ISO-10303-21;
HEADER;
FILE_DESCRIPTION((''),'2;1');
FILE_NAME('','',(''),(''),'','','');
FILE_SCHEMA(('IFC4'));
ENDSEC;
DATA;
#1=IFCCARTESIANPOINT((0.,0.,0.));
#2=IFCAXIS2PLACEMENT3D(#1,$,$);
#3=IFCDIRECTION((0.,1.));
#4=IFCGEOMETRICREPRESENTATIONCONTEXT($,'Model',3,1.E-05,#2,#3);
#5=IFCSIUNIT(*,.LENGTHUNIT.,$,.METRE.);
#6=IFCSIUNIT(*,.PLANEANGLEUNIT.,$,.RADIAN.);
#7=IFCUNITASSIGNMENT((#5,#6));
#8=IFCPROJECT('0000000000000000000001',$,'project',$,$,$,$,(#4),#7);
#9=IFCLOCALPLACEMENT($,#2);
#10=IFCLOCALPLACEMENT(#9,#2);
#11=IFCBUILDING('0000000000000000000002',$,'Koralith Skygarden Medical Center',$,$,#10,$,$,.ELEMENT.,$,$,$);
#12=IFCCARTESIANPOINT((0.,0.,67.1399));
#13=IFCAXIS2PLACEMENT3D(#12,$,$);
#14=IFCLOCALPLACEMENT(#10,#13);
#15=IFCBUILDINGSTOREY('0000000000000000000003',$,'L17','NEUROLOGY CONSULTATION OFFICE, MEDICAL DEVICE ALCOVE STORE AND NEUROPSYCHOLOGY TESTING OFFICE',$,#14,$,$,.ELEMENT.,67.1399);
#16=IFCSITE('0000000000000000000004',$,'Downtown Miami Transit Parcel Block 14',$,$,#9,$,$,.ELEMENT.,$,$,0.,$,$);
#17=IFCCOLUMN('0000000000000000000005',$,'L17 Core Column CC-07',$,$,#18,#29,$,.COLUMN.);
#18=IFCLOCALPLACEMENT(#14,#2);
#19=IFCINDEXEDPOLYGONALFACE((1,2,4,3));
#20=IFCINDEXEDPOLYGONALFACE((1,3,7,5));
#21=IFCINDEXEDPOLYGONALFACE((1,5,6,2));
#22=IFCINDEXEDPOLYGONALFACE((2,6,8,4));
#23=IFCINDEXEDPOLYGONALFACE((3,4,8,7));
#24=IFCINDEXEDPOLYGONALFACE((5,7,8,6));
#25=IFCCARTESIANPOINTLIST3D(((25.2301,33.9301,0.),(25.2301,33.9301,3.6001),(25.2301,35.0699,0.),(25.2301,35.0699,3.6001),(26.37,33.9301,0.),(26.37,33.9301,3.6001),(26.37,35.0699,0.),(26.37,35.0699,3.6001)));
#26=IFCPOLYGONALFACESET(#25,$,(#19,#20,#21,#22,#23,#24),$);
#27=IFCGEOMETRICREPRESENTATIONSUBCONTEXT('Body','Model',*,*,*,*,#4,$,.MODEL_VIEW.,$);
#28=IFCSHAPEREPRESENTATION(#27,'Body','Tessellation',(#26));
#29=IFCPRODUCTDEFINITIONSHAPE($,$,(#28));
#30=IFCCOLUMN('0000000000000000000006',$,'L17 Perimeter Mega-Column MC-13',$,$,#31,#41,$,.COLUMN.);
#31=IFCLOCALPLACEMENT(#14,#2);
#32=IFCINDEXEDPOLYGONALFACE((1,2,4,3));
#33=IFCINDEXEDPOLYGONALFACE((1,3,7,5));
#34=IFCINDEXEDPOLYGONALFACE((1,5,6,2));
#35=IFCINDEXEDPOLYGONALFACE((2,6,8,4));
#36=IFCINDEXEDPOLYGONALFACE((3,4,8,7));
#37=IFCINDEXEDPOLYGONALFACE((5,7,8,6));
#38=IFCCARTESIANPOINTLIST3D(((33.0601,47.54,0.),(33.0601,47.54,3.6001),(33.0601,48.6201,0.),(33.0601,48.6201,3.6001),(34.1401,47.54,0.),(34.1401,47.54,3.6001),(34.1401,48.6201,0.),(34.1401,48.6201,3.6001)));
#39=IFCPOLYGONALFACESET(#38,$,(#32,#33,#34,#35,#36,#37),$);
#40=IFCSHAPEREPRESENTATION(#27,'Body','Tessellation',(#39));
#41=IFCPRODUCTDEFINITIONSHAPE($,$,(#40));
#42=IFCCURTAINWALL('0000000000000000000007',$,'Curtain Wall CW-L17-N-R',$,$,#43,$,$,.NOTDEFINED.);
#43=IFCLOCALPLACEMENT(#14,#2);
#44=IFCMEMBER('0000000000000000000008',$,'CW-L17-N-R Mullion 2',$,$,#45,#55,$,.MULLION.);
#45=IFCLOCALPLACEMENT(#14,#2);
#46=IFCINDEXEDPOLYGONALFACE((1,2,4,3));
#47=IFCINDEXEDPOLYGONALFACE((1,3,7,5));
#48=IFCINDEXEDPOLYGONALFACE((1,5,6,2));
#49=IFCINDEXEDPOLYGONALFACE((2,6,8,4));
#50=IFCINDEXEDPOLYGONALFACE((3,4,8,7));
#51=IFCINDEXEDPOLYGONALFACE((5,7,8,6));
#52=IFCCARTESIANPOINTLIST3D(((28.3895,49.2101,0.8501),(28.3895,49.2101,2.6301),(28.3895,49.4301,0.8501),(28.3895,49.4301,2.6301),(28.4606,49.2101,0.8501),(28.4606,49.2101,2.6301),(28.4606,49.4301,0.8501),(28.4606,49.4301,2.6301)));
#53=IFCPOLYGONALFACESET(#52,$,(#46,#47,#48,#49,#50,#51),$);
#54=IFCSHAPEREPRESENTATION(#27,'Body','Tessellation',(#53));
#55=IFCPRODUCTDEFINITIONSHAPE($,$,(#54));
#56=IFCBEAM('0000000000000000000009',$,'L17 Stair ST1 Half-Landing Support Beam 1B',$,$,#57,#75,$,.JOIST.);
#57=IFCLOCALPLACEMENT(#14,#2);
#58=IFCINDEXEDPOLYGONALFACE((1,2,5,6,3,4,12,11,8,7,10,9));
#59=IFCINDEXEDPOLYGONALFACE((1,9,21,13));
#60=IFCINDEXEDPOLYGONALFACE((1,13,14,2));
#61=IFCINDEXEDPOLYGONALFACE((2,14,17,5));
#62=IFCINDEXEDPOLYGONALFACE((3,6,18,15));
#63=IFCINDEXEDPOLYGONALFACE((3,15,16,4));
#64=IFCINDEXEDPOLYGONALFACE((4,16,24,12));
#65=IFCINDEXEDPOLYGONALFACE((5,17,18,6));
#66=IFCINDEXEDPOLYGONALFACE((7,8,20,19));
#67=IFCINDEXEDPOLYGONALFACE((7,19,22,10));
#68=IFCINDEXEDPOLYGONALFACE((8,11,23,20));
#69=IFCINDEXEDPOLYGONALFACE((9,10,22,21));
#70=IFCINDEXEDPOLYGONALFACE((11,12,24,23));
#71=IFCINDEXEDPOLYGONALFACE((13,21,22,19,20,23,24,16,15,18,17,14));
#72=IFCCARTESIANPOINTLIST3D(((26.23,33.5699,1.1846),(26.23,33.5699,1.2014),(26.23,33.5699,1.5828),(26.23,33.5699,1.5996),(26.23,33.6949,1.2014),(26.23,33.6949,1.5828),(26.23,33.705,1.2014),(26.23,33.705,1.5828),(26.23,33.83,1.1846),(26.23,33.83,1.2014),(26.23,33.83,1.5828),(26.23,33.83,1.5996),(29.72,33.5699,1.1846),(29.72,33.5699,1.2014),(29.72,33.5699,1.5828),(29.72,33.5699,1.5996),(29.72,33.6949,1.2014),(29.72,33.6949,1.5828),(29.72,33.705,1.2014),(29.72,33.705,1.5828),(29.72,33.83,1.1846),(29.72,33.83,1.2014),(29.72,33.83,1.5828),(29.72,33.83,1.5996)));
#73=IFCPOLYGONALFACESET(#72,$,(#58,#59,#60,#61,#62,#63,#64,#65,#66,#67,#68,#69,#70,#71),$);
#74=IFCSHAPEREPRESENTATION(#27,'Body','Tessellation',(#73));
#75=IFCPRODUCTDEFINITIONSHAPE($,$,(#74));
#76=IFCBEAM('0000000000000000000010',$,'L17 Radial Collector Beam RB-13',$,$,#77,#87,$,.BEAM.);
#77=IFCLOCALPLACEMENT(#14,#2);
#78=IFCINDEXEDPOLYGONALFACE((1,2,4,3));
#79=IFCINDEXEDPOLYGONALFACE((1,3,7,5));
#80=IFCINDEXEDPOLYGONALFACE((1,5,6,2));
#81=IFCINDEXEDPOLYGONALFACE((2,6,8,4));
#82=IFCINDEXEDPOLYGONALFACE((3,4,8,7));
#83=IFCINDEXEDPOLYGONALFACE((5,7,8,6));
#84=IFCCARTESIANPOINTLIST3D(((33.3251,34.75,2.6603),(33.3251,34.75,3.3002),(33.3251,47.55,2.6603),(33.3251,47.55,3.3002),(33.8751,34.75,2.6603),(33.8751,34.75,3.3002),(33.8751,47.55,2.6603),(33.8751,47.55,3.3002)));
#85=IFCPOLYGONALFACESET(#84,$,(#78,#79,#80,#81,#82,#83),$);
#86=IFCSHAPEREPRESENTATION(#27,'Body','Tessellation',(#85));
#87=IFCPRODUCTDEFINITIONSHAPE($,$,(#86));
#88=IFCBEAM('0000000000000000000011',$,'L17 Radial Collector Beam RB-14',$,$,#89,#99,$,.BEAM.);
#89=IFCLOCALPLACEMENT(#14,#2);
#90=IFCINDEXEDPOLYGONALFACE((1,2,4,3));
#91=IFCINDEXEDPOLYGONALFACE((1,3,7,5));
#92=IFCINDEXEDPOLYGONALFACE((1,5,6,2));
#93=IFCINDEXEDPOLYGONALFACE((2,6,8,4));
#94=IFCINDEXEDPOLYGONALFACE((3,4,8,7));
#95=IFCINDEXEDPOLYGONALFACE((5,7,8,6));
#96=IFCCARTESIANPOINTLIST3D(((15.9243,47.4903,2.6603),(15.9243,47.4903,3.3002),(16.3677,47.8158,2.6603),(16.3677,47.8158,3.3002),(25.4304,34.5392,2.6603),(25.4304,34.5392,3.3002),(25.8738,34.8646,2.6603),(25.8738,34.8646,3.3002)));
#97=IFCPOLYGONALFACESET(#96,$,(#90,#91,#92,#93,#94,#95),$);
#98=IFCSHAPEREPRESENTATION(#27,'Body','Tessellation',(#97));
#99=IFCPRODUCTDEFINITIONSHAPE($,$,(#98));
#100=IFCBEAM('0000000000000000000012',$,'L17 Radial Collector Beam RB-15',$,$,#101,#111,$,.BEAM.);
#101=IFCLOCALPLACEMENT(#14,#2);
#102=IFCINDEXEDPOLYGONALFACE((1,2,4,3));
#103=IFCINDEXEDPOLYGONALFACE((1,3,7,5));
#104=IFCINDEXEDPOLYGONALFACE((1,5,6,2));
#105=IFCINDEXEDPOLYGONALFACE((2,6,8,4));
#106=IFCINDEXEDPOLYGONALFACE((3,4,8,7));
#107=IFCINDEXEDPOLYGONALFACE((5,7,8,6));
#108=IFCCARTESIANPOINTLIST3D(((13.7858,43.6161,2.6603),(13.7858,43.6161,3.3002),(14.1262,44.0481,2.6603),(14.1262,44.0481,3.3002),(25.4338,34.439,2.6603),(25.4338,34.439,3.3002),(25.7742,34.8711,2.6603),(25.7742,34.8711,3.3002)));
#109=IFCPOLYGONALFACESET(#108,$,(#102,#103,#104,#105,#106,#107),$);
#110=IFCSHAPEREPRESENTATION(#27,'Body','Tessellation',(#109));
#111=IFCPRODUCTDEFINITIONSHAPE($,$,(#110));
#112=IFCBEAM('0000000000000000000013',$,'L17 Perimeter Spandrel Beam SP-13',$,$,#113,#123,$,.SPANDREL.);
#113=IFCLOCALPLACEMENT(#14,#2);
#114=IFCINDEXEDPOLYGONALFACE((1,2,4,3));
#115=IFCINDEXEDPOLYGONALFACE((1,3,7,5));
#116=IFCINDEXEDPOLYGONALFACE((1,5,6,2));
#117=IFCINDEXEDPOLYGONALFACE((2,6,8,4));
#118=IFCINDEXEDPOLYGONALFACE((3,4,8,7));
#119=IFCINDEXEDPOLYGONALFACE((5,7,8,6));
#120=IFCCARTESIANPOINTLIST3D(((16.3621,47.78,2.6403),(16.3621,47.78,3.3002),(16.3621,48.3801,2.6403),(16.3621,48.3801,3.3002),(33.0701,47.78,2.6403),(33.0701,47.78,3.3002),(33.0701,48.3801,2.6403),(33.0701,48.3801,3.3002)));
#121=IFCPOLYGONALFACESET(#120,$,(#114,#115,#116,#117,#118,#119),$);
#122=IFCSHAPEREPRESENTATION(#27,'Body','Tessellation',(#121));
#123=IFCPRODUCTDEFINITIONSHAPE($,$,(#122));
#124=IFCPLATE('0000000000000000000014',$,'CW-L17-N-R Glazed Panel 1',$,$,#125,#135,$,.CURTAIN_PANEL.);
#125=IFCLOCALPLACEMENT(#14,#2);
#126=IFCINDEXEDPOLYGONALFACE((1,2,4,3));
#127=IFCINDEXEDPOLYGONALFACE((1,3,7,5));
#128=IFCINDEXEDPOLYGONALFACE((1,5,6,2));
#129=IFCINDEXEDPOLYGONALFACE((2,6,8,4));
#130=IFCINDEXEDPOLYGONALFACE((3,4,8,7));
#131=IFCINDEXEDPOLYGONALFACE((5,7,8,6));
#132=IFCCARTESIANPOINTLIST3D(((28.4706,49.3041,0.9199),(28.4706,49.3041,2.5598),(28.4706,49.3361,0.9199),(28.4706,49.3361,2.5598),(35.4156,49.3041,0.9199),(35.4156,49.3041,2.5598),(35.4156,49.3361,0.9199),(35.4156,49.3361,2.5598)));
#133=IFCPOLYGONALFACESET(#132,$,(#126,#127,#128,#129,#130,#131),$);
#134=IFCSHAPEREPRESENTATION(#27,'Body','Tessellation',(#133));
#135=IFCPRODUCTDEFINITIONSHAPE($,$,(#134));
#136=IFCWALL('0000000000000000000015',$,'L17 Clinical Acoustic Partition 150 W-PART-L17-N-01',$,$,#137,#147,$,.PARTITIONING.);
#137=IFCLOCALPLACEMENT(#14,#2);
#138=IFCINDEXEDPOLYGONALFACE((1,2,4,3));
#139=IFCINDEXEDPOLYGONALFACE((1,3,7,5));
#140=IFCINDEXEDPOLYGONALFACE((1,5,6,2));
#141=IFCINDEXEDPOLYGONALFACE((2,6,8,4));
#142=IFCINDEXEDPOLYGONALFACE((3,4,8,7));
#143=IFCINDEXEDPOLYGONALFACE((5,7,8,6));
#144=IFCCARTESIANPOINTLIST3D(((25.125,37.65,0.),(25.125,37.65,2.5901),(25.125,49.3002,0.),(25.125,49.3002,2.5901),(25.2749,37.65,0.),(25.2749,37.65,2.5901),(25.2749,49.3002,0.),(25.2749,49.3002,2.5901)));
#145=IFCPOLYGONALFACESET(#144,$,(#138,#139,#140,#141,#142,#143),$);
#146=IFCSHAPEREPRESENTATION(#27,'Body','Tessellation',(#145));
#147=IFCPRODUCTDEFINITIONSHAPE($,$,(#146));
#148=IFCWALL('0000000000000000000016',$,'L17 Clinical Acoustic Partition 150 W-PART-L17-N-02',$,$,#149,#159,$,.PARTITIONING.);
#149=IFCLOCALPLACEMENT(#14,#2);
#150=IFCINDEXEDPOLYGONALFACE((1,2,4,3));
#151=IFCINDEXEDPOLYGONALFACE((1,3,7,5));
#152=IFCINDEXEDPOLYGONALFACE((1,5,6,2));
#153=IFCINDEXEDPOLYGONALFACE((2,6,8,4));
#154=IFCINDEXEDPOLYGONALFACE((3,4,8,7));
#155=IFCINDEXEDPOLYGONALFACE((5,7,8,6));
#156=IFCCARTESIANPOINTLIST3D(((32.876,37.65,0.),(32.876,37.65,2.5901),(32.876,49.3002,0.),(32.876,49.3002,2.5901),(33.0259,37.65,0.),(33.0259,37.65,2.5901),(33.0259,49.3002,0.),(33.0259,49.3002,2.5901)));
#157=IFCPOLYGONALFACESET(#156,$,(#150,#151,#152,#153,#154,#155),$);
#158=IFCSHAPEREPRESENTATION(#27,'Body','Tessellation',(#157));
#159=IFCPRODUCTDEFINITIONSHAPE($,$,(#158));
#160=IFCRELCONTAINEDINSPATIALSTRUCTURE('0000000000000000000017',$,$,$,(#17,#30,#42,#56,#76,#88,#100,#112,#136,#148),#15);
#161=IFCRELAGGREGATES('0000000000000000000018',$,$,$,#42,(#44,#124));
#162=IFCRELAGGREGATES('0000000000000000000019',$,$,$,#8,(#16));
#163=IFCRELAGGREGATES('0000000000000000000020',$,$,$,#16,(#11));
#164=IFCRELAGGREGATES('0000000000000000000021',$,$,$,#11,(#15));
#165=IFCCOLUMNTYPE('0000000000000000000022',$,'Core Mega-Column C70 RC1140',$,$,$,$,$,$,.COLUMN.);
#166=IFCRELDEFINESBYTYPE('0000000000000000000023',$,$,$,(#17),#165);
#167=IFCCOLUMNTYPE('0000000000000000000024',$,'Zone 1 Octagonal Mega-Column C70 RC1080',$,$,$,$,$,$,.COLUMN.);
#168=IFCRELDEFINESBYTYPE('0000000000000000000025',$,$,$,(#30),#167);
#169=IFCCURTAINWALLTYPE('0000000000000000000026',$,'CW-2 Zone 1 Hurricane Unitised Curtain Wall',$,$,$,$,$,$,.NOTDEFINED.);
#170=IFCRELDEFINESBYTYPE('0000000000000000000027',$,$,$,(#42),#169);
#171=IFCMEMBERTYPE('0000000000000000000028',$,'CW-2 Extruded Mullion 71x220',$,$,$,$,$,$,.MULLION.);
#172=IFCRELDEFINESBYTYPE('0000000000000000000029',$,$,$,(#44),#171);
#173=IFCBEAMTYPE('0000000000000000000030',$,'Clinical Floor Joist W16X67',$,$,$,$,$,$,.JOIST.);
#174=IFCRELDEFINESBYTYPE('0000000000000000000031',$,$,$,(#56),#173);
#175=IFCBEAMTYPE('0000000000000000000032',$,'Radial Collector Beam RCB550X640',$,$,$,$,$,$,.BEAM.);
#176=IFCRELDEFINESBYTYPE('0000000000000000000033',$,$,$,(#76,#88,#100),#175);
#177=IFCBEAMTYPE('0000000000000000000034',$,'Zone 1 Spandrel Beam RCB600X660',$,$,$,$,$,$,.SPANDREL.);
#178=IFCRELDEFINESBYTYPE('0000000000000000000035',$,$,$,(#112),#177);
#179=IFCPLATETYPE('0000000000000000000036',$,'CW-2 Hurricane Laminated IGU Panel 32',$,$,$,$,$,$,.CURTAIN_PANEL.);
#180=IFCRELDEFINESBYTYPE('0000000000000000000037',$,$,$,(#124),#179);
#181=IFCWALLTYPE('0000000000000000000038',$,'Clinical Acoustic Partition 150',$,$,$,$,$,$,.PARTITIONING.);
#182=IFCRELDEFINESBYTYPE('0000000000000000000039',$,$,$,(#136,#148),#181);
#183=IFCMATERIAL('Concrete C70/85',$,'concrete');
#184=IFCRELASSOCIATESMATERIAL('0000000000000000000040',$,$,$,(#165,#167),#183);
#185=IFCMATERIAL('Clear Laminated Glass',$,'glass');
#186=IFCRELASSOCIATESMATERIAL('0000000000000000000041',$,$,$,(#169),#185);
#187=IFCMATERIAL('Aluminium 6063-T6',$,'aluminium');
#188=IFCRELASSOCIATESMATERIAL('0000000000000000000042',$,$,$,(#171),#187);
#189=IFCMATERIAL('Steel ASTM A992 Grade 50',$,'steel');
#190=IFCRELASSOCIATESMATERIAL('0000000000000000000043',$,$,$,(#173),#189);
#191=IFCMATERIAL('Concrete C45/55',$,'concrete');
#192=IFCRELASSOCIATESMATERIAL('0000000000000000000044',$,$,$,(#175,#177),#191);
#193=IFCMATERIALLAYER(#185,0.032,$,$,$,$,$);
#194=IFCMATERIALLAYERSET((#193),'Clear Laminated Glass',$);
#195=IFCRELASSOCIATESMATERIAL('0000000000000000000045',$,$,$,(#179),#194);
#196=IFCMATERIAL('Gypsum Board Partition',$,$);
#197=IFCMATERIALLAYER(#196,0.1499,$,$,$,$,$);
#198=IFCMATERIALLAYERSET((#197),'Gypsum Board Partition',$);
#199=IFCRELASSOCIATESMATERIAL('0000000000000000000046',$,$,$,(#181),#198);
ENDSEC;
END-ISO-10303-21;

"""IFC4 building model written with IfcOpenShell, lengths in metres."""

from ifc_helpers import new_model, si_unit, direction, frame, frame_2d, origin, origin_2d, place, context, subcontext, project, spatial, rectangle, i_section, extrude, material, layer, layer_set, material_profile, profile_set, type_object, element, aggregate, save


model = new_model("IFC4")

# Units and contexts
model_context = context("Model", 3, precision=1e-05, world=origin(), true_north=direction((0.0, 1.0)))
body_context = subcontext(model_context, "Body", "Model", "MODEL_VIEW")
ifc_project = project(units=[si_unit("LENGTHUNIT", "METRE"), si_unit("PLANEANGLEUNIT", "RADIAN")], contexts=[model_context])

# Site, building, storey
site_placement = place(None, origin())
site = spatial("IfcSite", under=ifc_project, at=site_placement, Name="Downtown Miami Transit Parcel Block 14", CompositionType="ELEMENT", RefElevation=0.0)
building_placement = place(site_placement, origin())
building = spatial("IfcBuilding", under=site, at=building_placement, Name="Koralith Skygarden Medical Center", CompositionType="ELEMENT")
storey_placement = place(building_placement, frame((0.0, 0.0, 67.1399)))
storey = spatial("IfcBuildingStorey", under=building, at=storey_placement, Name="L17", Description="NEUROLOGY CONSULTATION OFFICE, MEDICAL DEVICE ALCOVE STORE AND NEUROPSYCHOLOGY TESTING OFFICE", CompositionType="ELEMENT", Elevation=67.1399)

# Columns
ifc_material_1 = material(Name="Concrete C70/85", Category="concrete")
ifc_material_profile_1 = material_profile(ifc_material_1, rectangle(XDim=1.1399, YDim=1.1399, at=origin_2d()), Name="RC1140X1140")
ifc_profile_set_1 = profile_set([ifc_material_profile_1], Name="Concrete C70/85")
column_type_1 = type_object("IfcColumnType", Name="Core Mega-Column C70 RC1140", PredefinedType="COLUMN", material=ifc_profile_set_1)
column_1_placement = place(storey_placement, frame((25.8, 34.5, 0.0), z_axis=(0.0, 0.0, 1.0), x_axis=(1.0, 0.0, 0.0)))
element("IfcColumn", 1, at=column_1_placement, inside=storey, type_object=column_type_1, Name="L17 Core Column CC-07", PredefinedType="COLUMN", context=body_context, shape_type="SweptSolid", body=[
    extrude(rectangle(XDim=1.1399, YDim=1.1399, at=origin_2d()), origin(), (0.0, 0.0, 1.0), 3.6001),
])
ifc_material_profile_2 = material_profile(ifc_material_1, rectangle(XDim=1.0801, YDim=1.0801, at=origin_2d()), Name="RC1080X1080")
ifc_profile_set_2 = profile_set([ifc_material_profile_2], Name="Concrete C70/85")
column_type_2 = type_object("IfcColumnType", Name="Zone 1 Octagonal Mega-Column C70 RC1080", PredefinedType="COLUMN", material=ifc_profile_set_2)
column_2_placement = place(storey_placement, frame((33.6001, 48.0801, 0.0), z_axis=(0.0, 0.0, 1.0), x_axis=(1.0, 0.0, 0.0)))
element("IfcColumn", 2, at=column_2_placement, inside=storey, type_object=column_type_2, Name="L17 Perimeter Mega-Column MC-13", PredefinedType="COLUMN", context=body_context, shape_type="SweptSolid", body=[
    extrude(rectangle(XDim=1.0801, YDim=1.0801, at=origin_2d()), origin(), (0.0, 0.0, 1.0), 3.6001),
])

# Curtain wall, member
ifc_material_2 = material(Name="Clear Laminated Glass", Category="glass")
curtain_wall_type = type_object("IfcCurtainWallType", Name="CW-2 Zone 1 Hurricane Unitised Curtain Wall", PredefinedType="NOTDEFINED", material=ifc_material_2)
curtain_wall_placement = place(storey_placement, origin())
curtain_wall = element("IfcCurtainWall", 3, at=curtain_wall_placement, inside=storey, type_object=curtain_wall_type, Name="Curtain Wall CW-L17-N-R", PredefinedType="NOTDEFINED")
ifc_material_3 = material(Name="Aluminium 6063-T6", Category="aluminium")
ifc_material_profile_3 = material_profile(ifc_material_3, rectangle(XDim=0.071, YDim=0.22, at=origin_2d()), Name="MUL71X220")
ifc_profile_set_3 = profile_set([ifc_material_profile_3], Name="Aluminium 6063-T6")
member_type = type_object("IfcMemberType", Name="CW-2 Extruded Mullion 71x220", PredefinedType="MULLION", material=ifc_profile_set_3)
member_placement = place(storey_placement, frame((28.425, 49.3201, 0.8501), z_axis=(0.0, 0.0, 1.0), x_axis=(1.0, 0.0, 0.0)))
member = element("IfcMember", 4, at=member_placement, type_object=member_type, Name="CW-L17-N-R Mullion 2", PredefinedType="MULLION", context=body_context, shape_type="SweptSolid", body=[
    extrude(rectangle(XDim=0.071, YDim=0.22, at=origin_2d()), origin(), (0.0, 0.0, 1.0), 1.78),
])

# Beams
ifc_material_4 = material(Name="Steel ASTM A992 Grade 50", Category="steel")
ifc_material_profile_4 = material_profile(ifc_material_4, i_section(OverallWidth=0.26, OverallDepth=0.415, WebThickness=0.01, FlangeThickness=0.0168, at=origin_2d()), Name="W16X67")
ifc_profile_set_4 = profile_set([ifc_material_profile_4], Name="Steel ASTM A992 Grade 50")
beam_type_1 = type_object("IfcBeamType", Name="Clinical Floor Joist W16X67", PredefinedType="JOIST", material=ifc_profile_set_4)
beam_1_placement = place(storey_placement, frame((26.23, 33.7, 1.3921), z_axis=(1.0, 0.0, 0.0), x_axis=(0.0, 1.0, 0.0)))
element("IfcBeam", 5, at=beam_1_placement, inside=storey, type_object=beam_type_1, Name="L17 Stair ST1 Half-Landing Support Beam 1B", PredefinedType="JOIST", context=body_context, shape_type="SweptSolid", body=[
    extrude(i_section(OverallWidth=0.26, OverallDepth=0.415, WebThickness=0.01, FlangeThickness=0.0168, at=origin_2d()), origin(), (0.0, 0.0, 1.0), 3.49),
])
ifc_material_5 = material(Name="Concrete C45/55", Category="concrete")
ifc_material_profile_5 = material_profile(ifc_material_5, rectangle(XDim=0.55, YDim=0.6399, at=origin_2d()), Name="RCB550X640")
ifc_profile_set_5 = profile_set([ifc_material_profile_5], Name="Concrete C45/55")
beam_type_2 = type_object("IfcBeamType", Name="Radial Collector Beam RCB550X640", PredefinedType="BEAM", material=ifc_profile_set_5)
beam_2_placement = place(storey_placement, frame((33.6001, 34.75, 2.9802), z_axis=(0.0, 1.0, 0.0), x_axis=(-1.0, 0.0, 0.0)))
element("IfcBeam", 6, at=beam_2_placement, inside=storey, type_object=beam_type_2, Name="L17 Radial Collector Beam RB-13", PredefinedType="BEAM", context=body_context, shape_type="SweptSolid", body=[
    extrude(rectangle(XDim=0.55, YDim=0.6399, at=origin_2d()), origin(), (0.0, 0.0, 1.0), 12.8),
])
beam_3_placement = place(storey_placement, frame((25.6521, 34.7019, 2.9802), z_axis=(-0.591711, 0.80615, 0.0), x_axis=(-0.80615, -0.591711, 0.0)))
element("IfcBeam", 7, at=beam_3_placement, inside=storey, type_object=beam_type_2, Name="L17 Radial Collector Beam RB-14", PredefinedType="BEAM", context=body_context, shape_type="SweptSolid", body=[
    extrude(rectangle(XDim=0.55, YDim=0.6399, at=origin_2d()), origin(), (0.0, 0.0, 1.0), 16.0654),
])
beam_4_placement = place(storey_placement, frame((25.604, 34.655, 2.9802), z_axis=(-0.785497, 0.618865, 0.0), x_axis=(-0.618865, -0.785497, 0.0)))
element("IfcBeam", 8, at=beam_4_placement, inside=storey, type_object=beam_type_2, Name="L17 Radial Collector Beam RB-15", PredefinedType="BEAM", context=body_context, shape_type="SweptSolid", body=[
    extrude(rectangle(XDim=0.55, YDim=0.6399, at=origin_2d()), origin(), (0.0, 0.0, 1.0), 14.8289),
])
ifc_material_profile_6 = material_profile(ifc_material_5, rectangle(XDim=0.6001, YDim=0.6599, at=origin_2d()), Name="RCB600X660")
ifc_profile_set_6 = profile_set([ifc_material_profile_6], Name="Concrete C45/55")
beam_type_3 = type_object("IfcBeamType", Name="Zone 1 Spandrel Beam RCB600X660", PredefinedType="SPANDREL", material=ifc_profile_set_6)
beam_5_placement = place(storey_placement, frame((33.0701, 48.0801, 2.9702), z_axis=(-1.0, 0.0, 0.0), x_axis=(0.0, -1.0, 0.0)))
element("IfcBeam", 9, at=beam_5_placement, inside=storey, type_object=beam_type_3, Name="L17 Perimeter Spandrel Beam SP-13", PredefinedType="SPANDREL", context=body_context, shape_type="SweptSolid", body=[
    extrude(rectangle(XDim=0.6001, YDim=0.6599, at=origin_2d()), origin(), (0.0, 0.0, 1.0), 16.708),
])

# Plate
ifc_layer_1 = layer(ifc_material_2, 0.032)
ifc_layer_set_1 = layer_set([ifc_layer_1], Name="Clear Laminated Glass")
plate_type = type_object("IfcPlateType", Name="CW-2 Hurricane Laminated IGU Panel 32", PredefinedType="CURTAIN_PANEL", material=ifc_layer_set_1)
plate_placement = place(storey_placement, frame((31.9431, 49.3201, 0.9199), z_axis=(0.0, 0.0, 1.0), x_axis=(-1.0, 0.0, 0.0)))
plate = element("IfcPlate", 10, at=plate_placement, type_object=plate_type, Name="CW-L17-N-R Glazed Panel 1", PredefinedType="CURTAIN_PANEL", context=body_context, shape_type="SweptSolid", body=[
    extrude(rectangle(XDim=6.9451, YDim=0.032, at=origin_2d()), origin(), (0.0, 0.0, 1.0), 1.6399),
])
aggregate(curtain_wall, [member, plate])

# Walls
ifc_material_6 = material(Name="Gypsum Board Partition")
ifc_layer_2 = layer(ifc_material_6, 0.1499)
ifc_layer_set_2 = layer_set([ifc_layer_2], Name="Gypsum Board Partition")
wall_type_1 = type_object("IfcWallType", Name="Clinical Acoustic Partition 150", PredefinedType="PARTITIONING", material=ifc_layer_set_2)
for number, where, z_axis, x_axis, name in (
    (11, (25.2, 37.6499, 0.0), (0.0, 0.0, 1.0), (0.0, 1.0, 0.0), "L17 Clinical Acoustic Partition 150 W-PART-L17-N-01"),
    (12, (32.9509, 37.6499, 0.0), (0.0, 0.0, 1.0), (0.0, 1.0, 0.0), "L17 Clinical Acoustic Partition 150 W-PART-L17-N-02"),
):
    element("IfcWall", number, at=place(storey_placement, frame(where, z_axis=z_axis, x_axis=x_axis)), inside=storey, type_object=wall_type_1, Name=name, PredefinedType="PARTITIONING", context=body_context, shape_type="SweptSolid", body=[
        extrude(rectangle(XDim=11.6501, YDim=0.1499, at=frame_2d((5.8252, 0.0))), origin(), (0.0, 0.0, 1.0), 2.5901),
    ])

save(model, "model.ifc")
